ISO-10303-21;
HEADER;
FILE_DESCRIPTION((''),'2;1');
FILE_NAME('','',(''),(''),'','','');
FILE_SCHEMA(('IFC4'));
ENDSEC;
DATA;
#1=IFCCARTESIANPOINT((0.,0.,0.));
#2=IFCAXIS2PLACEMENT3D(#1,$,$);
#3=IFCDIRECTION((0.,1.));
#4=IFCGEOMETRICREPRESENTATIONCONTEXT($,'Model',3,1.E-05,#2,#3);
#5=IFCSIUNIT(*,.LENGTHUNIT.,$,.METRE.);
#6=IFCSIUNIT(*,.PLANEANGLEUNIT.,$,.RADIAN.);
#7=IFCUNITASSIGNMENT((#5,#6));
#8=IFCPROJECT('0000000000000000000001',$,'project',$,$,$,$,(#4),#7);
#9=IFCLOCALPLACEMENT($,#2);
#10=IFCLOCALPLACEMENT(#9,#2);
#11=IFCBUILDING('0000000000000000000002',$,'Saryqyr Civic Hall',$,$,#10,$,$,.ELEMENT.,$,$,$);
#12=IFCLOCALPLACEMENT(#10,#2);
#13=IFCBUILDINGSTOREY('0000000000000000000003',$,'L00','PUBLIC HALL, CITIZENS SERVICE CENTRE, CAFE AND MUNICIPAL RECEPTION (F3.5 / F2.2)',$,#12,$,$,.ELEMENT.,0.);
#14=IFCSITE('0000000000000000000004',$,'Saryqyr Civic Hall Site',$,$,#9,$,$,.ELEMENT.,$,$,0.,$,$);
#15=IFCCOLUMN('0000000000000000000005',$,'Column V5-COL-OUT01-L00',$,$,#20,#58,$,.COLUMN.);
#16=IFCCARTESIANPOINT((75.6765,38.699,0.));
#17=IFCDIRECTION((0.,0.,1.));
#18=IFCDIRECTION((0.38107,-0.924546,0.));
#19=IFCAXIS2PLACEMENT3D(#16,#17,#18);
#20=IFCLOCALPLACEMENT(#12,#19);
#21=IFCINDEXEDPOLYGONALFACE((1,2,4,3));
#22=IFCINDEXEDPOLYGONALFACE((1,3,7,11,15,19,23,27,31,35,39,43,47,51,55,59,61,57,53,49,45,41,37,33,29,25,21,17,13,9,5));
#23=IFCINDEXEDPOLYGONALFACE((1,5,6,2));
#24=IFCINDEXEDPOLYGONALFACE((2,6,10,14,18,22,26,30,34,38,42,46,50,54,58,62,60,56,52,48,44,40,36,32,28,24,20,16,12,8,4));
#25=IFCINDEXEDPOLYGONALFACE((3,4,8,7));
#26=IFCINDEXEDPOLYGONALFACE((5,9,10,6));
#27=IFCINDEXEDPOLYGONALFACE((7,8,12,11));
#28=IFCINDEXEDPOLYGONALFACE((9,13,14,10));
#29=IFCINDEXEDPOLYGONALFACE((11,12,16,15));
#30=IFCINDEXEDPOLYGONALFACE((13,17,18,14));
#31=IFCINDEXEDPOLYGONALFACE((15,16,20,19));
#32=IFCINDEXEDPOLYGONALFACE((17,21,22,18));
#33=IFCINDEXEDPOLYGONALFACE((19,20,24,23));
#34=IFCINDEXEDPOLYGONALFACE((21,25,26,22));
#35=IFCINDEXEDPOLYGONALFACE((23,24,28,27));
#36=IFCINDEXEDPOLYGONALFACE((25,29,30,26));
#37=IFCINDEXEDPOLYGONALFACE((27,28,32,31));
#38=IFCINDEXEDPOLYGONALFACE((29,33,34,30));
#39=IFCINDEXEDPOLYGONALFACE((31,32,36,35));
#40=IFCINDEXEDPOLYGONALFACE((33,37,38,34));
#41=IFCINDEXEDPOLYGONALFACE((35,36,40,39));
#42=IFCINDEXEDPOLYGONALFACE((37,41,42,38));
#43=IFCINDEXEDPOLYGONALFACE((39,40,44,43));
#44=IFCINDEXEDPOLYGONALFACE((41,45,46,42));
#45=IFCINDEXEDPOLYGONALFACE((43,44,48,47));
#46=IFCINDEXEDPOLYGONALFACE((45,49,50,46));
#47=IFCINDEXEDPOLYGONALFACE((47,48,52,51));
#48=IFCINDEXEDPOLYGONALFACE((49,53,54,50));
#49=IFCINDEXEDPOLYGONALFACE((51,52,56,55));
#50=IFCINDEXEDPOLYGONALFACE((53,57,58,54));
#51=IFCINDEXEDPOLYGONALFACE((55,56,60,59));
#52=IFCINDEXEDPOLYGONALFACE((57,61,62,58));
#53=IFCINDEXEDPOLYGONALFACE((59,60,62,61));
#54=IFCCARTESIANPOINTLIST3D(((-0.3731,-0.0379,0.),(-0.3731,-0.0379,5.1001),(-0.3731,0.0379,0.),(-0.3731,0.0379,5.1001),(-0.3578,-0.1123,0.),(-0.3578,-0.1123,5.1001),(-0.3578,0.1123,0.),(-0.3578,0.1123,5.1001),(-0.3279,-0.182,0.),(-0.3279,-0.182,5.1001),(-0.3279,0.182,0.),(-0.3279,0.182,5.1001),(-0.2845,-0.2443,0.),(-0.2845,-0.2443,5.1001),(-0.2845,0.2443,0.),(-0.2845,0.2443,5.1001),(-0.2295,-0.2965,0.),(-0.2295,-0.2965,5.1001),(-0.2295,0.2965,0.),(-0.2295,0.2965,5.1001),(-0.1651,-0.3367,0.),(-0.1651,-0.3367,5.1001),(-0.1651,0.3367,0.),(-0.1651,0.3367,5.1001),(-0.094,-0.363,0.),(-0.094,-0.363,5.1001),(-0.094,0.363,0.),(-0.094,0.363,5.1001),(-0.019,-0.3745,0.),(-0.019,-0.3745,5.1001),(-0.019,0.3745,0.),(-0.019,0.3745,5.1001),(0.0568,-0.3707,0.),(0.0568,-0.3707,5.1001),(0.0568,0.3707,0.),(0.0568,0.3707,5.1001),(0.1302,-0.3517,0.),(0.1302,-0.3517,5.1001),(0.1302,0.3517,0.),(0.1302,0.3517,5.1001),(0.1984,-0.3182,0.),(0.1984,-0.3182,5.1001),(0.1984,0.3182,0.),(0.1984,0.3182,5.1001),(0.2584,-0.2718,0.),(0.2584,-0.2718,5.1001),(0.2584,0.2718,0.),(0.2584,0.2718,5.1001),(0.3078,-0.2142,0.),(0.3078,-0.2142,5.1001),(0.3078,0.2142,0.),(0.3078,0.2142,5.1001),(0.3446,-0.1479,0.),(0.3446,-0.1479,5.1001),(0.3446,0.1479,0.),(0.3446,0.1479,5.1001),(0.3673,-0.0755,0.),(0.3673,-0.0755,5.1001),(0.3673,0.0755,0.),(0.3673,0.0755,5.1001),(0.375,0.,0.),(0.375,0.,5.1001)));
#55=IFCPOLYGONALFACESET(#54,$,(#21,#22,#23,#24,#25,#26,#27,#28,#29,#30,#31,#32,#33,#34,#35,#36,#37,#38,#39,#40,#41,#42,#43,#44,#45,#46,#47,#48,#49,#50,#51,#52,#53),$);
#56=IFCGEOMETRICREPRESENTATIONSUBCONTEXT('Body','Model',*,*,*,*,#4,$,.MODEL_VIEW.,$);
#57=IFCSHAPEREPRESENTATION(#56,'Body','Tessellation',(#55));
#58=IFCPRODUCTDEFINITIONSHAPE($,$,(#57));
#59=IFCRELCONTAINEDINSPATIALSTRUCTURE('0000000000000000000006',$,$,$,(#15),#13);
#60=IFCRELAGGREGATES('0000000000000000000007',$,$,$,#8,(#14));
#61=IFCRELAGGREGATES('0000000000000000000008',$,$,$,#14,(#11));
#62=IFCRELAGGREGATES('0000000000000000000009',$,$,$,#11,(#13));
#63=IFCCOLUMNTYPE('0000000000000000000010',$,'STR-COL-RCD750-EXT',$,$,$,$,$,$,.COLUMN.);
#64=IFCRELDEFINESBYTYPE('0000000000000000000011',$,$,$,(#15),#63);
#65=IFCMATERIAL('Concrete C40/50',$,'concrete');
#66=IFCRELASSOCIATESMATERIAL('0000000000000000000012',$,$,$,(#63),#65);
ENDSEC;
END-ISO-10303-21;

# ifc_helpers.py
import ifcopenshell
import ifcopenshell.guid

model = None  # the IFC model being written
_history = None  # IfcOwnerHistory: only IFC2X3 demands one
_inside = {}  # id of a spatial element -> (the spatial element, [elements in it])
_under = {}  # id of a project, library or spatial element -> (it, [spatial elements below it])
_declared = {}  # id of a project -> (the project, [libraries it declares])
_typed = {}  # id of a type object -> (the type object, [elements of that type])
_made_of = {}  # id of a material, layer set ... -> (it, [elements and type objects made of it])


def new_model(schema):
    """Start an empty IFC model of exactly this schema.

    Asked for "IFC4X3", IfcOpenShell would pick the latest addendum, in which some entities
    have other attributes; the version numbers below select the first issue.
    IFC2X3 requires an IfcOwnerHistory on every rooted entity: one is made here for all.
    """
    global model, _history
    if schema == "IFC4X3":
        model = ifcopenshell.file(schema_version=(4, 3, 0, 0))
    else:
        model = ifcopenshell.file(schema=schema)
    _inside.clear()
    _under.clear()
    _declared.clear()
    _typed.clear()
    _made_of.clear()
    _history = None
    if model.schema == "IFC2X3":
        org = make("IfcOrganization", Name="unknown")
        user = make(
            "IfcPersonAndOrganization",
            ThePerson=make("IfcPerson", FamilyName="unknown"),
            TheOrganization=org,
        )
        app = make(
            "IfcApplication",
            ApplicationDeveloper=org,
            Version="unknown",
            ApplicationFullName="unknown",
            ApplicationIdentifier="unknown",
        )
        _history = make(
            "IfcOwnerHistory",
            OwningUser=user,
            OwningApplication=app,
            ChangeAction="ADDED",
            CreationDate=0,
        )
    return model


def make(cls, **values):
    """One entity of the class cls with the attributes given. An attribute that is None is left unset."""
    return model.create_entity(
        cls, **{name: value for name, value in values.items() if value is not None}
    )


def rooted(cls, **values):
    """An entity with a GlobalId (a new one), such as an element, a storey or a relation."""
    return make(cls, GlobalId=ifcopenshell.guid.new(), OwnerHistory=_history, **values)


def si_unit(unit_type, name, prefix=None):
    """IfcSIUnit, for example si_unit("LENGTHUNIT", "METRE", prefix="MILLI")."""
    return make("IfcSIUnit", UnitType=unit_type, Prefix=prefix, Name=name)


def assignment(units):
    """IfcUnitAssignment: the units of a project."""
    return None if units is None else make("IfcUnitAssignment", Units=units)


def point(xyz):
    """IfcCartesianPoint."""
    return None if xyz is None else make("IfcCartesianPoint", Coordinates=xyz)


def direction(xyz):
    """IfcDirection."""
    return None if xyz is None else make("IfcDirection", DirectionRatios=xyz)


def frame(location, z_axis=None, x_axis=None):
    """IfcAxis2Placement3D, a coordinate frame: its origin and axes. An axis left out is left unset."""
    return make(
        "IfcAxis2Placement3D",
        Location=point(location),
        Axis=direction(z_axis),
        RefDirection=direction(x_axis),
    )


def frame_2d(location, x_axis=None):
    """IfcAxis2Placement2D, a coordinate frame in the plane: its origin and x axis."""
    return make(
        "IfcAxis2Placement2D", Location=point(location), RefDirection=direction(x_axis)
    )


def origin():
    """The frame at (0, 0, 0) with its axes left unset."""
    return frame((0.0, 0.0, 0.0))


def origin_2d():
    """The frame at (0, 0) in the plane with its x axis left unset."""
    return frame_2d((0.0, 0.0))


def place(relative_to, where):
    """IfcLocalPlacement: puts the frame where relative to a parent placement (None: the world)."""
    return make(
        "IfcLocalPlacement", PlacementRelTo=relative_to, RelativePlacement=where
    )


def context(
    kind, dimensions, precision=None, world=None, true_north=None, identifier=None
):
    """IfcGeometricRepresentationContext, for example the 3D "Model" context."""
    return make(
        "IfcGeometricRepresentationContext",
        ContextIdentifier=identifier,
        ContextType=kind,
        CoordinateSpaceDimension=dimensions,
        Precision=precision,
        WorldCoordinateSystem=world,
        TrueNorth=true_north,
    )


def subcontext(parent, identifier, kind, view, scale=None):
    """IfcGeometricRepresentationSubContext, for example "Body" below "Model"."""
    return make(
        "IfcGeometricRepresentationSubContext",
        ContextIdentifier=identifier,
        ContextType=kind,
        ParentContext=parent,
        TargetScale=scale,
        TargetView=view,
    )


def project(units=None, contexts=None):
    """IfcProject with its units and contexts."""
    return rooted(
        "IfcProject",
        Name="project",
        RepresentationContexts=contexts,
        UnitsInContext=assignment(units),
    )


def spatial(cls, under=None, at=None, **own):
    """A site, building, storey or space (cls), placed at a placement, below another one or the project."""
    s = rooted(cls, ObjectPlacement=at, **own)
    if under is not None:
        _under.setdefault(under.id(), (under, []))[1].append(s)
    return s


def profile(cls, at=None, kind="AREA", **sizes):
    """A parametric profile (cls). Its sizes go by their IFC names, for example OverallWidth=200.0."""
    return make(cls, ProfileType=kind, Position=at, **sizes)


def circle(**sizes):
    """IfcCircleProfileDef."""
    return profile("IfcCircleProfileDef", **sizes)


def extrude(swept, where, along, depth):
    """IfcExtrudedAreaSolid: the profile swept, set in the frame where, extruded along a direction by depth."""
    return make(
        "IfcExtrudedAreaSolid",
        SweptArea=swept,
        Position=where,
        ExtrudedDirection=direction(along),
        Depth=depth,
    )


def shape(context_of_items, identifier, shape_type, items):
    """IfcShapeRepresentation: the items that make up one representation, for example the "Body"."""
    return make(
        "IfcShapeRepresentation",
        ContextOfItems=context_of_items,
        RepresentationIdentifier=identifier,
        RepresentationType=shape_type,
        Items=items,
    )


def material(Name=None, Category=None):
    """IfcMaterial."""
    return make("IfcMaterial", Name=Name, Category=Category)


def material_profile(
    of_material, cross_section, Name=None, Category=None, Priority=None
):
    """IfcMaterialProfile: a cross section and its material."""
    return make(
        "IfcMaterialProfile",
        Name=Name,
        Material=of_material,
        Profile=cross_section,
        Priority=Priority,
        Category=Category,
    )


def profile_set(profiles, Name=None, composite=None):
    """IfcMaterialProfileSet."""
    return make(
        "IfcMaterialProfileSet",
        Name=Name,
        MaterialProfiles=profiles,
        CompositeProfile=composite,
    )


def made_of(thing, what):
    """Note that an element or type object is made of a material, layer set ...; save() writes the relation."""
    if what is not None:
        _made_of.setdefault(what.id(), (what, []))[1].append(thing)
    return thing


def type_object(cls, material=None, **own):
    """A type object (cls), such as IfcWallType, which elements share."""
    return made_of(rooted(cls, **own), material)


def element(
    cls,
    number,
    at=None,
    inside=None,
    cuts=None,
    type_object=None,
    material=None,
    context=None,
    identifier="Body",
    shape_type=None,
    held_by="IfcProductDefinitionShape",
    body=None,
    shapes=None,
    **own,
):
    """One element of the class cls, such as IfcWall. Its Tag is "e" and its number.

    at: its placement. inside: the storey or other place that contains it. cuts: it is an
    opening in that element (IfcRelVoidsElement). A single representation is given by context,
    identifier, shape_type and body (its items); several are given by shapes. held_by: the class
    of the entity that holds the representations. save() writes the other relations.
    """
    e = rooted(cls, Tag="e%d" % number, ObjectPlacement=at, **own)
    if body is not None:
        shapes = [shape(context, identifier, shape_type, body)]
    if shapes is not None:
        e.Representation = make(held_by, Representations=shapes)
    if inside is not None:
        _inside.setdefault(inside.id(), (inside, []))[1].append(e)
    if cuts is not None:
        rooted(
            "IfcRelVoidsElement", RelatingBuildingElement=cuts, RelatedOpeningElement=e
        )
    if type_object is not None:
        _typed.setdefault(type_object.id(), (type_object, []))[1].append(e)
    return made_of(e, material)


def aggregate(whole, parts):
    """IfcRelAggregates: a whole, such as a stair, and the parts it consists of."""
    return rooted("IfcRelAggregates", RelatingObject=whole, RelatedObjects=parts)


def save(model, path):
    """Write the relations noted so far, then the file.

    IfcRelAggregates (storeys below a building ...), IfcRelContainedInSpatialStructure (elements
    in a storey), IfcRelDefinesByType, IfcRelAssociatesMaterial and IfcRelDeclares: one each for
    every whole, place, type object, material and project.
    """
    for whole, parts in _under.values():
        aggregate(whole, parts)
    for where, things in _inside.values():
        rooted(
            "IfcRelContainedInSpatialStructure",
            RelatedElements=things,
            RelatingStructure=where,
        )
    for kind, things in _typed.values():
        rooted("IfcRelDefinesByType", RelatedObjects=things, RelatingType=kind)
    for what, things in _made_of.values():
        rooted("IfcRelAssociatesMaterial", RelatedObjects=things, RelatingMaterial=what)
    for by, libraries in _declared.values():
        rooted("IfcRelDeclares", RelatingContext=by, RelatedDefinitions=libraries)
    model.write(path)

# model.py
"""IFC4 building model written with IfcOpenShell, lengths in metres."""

from ifc_helpers import new_model, si_unit, direction, frame, origin, origin_2d, place, context, subcontext, project, spatial, circle, extrude, material, material_profile, profile_set, type_object, element, save


model = new_model("IFC4")

# Units and contexts
model_context = context("Model", 3, precision=1e-05, world=origin(), true_north=direction((0.0, 1.0)))
body_context = subcontext(model_context, "Body", "Model", "MODEL_VIEW")
ifc_project = project(units=[si_unit("LENGTHUNIT", "METRE"), si_unit("PLANEANGLEUNIT", "RADIAN")], contexts=[model_context])

# Site, building, storey
site_placement = place(None, origin())
site = spatial("IfcSite", under=ifc_project, at=site_placement, Name="Saryqyr Civic Hall Site", CompositionType="ELEMENT", RefElevation=0.0)
building_placement = place(site_placement, origin())
building = spatial("IfcBuilding", under=site, at=building_placement, Name="Saryqyr Civic Hall", CompositionType="ELEMENT")
storey_placement = place(building_placement, origin())
storey = spatial("IfcBuildingStorey", under=building, at=storey_placement, Name="L00", Description="PUBLIC HALL, CITIZENS SERVICE CENTRE, CAFE AND MUNICIPAL RECEPTION (F3.5 / F2.2)", CompositionType="ELEMENT", Elevation=0.0)

# Column
ifc_material_1 = material(Name="Concrete C40/50", Category="concrete")
ifc_material_profile_1 = material_profile(ifc_material_1, circle(Radius=0.375, at=origin_2d()), Name="RC D750")
ifc_profile_set_1 = profile_set([ifc_material_profile_1], Name="Concrete C40/50")
column_type_1 = type_object("IfcColumnType", Name="STR-COL-RCD750-EXT", PredefinedType="COLUMN", material=ifc_profile_set_1)
column_1_placement = place(storey_placement, frame((75.6765, 38.699, 0.0), z_axis=(0.0, 0.0, 1.0), x_axis=(0.38107, -0.924546, 0.0)))
element("IfcColumn", 1, at=column_1_placement, inside=storey, type_object=column_type_1, Name="Column V5-COL-OUT01-L00", PredefinedType="COLUMN", context=body_context, shape_type="SweptSolid", body=[
    extrude(circle(Radius=0.375, at=origin_2d()), origin(), (0.0, 0.0, 1.0), 5.1001),
])

save(model, "model.ifc")
